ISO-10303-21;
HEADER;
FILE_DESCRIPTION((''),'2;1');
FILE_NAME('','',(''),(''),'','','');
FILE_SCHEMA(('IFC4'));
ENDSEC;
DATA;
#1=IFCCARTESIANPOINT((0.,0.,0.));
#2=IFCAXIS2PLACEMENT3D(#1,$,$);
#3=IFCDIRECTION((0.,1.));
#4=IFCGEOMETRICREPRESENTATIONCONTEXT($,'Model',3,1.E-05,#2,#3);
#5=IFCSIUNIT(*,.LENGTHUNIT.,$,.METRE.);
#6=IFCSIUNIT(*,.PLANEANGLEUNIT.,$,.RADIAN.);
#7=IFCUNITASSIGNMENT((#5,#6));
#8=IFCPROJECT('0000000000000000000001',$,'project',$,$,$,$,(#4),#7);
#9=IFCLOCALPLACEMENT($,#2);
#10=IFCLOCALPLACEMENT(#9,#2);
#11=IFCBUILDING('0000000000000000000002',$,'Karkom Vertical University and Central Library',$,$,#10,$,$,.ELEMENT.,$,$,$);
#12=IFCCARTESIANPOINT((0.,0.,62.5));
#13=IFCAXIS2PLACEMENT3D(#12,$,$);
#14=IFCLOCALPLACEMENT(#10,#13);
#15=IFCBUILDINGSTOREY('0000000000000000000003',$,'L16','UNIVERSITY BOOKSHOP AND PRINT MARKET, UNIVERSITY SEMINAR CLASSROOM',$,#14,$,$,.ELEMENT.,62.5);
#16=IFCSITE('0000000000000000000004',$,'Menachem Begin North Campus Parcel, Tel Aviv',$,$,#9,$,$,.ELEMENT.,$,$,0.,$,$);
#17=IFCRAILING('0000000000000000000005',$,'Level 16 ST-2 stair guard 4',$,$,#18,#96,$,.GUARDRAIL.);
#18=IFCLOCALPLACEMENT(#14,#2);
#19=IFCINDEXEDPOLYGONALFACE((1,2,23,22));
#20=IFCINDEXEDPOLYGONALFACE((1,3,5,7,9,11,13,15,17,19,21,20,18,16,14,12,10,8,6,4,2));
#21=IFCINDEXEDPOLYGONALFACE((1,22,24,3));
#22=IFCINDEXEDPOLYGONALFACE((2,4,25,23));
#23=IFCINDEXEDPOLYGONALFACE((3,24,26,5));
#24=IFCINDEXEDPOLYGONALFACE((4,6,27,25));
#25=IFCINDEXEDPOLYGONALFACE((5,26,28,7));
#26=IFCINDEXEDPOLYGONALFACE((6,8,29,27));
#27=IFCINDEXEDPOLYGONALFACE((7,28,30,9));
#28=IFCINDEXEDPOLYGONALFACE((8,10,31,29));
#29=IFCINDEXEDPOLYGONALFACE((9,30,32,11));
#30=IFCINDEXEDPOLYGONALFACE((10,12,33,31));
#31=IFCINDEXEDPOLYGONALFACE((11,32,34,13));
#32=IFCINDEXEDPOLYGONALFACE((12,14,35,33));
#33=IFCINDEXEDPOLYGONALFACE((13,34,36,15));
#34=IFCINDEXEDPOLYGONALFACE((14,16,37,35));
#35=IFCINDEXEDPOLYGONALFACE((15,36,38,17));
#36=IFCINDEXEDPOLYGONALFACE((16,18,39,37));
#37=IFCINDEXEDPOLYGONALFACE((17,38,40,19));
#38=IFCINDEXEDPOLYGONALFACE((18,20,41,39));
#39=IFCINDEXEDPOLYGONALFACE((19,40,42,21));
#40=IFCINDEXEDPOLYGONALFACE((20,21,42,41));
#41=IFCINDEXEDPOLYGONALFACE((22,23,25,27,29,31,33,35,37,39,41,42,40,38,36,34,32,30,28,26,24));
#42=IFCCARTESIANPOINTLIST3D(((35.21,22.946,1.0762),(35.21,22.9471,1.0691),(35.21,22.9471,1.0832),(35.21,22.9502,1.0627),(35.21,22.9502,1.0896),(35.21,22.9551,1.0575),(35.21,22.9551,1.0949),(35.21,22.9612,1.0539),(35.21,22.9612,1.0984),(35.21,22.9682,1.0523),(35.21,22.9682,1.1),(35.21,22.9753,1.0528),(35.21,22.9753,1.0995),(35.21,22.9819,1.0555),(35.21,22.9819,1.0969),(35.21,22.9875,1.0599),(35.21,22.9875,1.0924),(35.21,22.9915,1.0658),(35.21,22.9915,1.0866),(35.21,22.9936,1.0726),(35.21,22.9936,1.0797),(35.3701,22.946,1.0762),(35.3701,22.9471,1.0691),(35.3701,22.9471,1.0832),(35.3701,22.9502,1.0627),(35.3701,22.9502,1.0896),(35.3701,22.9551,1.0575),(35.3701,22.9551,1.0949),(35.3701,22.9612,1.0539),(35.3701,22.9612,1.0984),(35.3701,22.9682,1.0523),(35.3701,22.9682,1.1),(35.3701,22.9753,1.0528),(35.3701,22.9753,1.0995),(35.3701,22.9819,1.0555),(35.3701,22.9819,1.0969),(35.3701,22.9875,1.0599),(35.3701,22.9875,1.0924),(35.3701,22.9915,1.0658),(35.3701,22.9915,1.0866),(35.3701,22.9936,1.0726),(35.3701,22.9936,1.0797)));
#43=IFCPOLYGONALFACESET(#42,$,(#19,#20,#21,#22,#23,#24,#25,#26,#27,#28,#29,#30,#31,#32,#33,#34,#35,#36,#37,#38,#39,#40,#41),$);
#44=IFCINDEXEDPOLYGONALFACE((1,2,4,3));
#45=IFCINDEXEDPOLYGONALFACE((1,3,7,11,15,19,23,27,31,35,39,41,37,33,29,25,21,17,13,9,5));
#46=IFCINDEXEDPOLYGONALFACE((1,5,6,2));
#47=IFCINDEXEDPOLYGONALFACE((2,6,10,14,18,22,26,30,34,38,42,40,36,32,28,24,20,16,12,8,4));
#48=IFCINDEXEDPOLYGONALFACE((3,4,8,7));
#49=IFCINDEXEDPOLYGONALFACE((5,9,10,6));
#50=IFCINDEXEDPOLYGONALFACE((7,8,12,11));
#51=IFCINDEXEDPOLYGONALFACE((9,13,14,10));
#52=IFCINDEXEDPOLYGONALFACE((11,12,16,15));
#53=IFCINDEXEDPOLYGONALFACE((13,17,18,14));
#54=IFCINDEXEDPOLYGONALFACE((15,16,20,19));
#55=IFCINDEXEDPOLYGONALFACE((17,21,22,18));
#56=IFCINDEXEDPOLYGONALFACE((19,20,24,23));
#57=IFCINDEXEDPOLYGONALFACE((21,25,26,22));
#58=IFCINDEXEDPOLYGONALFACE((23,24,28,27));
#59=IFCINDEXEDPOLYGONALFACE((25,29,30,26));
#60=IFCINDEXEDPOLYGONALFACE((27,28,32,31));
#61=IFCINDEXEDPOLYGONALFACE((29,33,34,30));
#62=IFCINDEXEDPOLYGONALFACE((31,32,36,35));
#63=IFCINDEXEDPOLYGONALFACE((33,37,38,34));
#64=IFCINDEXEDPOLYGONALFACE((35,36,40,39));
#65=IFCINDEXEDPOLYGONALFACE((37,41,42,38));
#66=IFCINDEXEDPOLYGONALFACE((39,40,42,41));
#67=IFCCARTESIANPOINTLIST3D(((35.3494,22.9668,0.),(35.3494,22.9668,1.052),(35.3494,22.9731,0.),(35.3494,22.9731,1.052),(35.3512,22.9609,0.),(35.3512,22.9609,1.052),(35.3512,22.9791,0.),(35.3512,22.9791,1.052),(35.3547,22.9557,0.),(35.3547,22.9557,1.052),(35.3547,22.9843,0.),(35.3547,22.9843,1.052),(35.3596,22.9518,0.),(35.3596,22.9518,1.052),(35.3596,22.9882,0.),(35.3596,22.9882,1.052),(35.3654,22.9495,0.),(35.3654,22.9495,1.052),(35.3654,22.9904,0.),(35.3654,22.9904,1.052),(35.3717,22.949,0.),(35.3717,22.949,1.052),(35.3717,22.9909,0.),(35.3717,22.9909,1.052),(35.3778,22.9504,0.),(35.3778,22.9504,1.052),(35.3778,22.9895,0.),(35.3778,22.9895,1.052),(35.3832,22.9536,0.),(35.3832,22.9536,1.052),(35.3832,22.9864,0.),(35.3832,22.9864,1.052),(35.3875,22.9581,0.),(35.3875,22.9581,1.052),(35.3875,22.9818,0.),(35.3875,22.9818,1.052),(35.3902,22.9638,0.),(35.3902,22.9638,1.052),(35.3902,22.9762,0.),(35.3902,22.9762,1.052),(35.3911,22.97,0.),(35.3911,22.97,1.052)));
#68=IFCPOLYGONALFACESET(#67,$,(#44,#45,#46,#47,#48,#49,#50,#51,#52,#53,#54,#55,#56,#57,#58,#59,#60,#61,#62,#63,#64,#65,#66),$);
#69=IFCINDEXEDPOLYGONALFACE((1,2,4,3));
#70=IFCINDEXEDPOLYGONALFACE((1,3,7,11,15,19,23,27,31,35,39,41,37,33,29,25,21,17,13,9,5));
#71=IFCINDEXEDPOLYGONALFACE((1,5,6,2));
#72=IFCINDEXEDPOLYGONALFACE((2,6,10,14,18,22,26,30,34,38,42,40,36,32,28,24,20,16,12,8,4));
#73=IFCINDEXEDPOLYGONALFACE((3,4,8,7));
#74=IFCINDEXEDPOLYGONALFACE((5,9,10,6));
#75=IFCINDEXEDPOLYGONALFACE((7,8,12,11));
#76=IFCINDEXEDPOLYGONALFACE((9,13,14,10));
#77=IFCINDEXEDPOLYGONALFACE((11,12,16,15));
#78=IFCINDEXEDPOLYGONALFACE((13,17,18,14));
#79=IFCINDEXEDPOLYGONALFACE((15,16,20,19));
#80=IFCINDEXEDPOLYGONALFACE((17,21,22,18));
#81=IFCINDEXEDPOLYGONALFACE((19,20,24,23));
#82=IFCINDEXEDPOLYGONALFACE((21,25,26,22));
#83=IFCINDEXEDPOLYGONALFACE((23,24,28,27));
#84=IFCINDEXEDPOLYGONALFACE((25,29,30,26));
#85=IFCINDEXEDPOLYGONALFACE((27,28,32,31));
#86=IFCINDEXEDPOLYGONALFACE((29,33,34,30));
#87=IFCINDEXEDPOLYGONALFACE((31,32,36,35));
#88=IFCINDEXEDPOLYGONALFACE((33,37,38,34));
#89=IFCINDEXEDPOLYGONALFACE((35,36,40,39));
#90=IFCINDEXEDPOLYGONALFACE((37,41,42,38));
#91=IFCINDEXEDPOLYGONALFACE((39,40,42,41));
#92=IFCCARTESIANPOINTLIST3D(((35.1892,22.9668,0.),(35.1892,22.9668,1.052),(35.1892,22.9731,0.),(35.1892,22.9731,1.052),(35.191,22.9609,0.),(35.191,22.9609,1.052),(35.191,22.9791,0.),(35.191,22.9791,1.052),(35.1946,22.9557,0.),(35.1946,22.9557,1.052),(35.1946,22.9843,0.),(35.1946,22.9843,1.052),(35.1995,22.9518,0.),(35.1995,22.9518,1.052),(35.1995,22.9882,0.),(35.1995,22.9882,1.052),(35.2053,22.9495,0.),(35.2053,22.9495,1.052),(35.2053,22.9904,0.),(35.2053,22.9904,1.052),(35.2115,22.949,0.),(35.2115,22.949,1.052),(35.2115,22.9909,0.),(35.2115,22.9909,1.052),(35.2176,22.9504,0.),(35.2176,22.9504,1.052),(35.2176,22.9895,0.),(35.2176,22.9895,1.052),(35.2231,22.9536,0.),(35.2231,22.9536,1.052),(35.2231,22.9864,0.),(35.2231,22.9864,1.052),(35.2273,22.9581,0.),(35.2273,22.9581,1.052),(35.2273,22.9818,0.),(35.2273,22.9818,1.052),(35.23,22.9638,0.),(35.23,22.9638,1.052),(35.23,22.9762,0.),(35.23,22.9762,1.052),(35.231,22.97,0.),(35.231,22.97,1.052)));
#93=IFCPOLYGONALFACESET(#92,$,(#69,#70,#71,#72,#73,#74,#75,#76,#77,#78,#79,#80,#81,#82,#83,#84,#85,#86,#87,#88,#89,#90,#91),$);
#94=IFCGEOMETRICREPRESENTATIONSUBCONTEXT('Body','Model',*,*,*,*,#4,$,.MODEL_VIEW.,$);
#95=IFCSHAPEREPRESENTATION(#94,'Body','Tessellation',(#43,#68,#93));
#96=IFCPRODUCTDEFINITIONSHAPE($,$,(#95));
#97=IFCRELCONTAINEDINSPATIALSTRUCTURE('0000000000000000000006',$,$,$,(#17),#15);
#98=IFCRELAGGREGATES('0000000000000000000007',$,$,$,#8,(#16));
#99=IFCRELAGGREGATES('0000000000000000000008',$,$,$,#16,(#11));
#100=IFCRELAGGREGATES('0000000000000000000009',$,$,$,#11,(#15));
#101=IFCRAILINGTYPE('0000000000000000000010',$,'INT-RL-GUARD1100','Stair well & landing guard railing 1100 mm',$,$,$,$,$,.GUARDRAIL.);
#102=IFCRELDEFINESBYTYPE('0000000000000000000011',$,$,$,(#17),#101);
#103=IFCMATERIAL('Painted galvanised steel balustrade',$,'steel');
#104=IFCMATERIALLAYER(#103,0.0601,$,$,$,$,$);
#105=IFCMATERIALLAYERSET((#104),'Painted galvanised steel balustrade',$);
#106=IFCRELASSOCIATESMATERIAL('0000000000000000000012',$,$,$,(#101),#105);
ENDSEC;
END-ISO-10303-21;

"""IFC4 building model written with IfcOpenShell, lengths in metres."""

from ifc_helpers import new_model, si_unit, direction, frame, origin, origin_2d, place, context, subcontext, project, spatial, circle, extrude, material, layer, layer_set, type_object, element, save


model = new_model("IFC4")

# Units and contexts
model_context = context("Model", 3, precision=1e-05, world=origin(), true_north=direction((0.0, 1.0)))
body_context = subcontext(model_context, "Body", "Model", "MODEL_VIEW")
ifc_project = project(units=[si_unit("LENGTHUNIT", "METRE"), si_unit("PLANEANGLEUNIT", "RADIAN")], contexts=[model_context])

# Site, building, storey
site_placement = place(None, origin())
site = spatial("IfcSite", under=ifc_project, at=site_placement, Name="Menachem Begin North Campus Parcel, Tel Aviv", CompositionType="ELEMENT", RefElevation=0.0)
building_placement = place(site_placement, origin())
building = spatial("IfcBuilding", under=site, at=building_placement, Name="Karkom Vertical University and Central Library", CompositionType="ELEMENT")
storey_placement = place(building_placement, frame((0.0, 0.0, 62.5)))
storey = spatial("IfcBuildingStorey", under=building, at=storey_placement, Name="L16", Description="UNIVERSITY BOOKSHOP AND PRINT MARKET, UNIVERSITY SEMINAR CLASSROOM", CompositionType="ELEMENT", Elevation=62.5)

# Railing
ifc_material_1 = material(Name="Painted galvanised steel balustrade", Category="steel")
ifc_layer_1 = layer(ifc_material_1, 0.0601)
ifc_layer_set_1 = layer_set([ifc_layer_1], Name="Painted galvanised steel balustrade")
railing_type_1 = type_object("IfcRailingType", Name="INT-RL-GUARD1100", Description="Stair well & landing guard railing 1100 mm", PredefinedType="GUARDRAIL", material=ifc_layer_set_1)
railing_1_placement = place(storey_placement, frame((35.3701, 22.97, 0.0)))
element("IfcRailing", 1, at=railing_1_placement, inside=storey, type_object=railing_type_1, Name="Level 16 ST-2 stair guard 4", PredefinedType="GUARDRAIL", context=body_context, shape_type="SweptSolid", body=[
    extrude(circle(Radius=0.0239, at=origin_2d()), frame((0.0, 0.0, 1.0762), z_axis=(-1.0, 0.0, 0.0), x_axis=(0.0, -1.0, 0.0)), (0.0, 0.0, 1.0), 0.1602),
    extrude(circle(Radius=0.021, at=origin_2d()), origin(), (0.0, 0.0, 1.0), 1.052),
    extrude(circle(Radius=0.021, at=origin_2d()), frame((-0.1602, 0.0, 0.0)), (0.0, 0.0, 1.0), 1.052),
])

save(model, "model.ifc")
